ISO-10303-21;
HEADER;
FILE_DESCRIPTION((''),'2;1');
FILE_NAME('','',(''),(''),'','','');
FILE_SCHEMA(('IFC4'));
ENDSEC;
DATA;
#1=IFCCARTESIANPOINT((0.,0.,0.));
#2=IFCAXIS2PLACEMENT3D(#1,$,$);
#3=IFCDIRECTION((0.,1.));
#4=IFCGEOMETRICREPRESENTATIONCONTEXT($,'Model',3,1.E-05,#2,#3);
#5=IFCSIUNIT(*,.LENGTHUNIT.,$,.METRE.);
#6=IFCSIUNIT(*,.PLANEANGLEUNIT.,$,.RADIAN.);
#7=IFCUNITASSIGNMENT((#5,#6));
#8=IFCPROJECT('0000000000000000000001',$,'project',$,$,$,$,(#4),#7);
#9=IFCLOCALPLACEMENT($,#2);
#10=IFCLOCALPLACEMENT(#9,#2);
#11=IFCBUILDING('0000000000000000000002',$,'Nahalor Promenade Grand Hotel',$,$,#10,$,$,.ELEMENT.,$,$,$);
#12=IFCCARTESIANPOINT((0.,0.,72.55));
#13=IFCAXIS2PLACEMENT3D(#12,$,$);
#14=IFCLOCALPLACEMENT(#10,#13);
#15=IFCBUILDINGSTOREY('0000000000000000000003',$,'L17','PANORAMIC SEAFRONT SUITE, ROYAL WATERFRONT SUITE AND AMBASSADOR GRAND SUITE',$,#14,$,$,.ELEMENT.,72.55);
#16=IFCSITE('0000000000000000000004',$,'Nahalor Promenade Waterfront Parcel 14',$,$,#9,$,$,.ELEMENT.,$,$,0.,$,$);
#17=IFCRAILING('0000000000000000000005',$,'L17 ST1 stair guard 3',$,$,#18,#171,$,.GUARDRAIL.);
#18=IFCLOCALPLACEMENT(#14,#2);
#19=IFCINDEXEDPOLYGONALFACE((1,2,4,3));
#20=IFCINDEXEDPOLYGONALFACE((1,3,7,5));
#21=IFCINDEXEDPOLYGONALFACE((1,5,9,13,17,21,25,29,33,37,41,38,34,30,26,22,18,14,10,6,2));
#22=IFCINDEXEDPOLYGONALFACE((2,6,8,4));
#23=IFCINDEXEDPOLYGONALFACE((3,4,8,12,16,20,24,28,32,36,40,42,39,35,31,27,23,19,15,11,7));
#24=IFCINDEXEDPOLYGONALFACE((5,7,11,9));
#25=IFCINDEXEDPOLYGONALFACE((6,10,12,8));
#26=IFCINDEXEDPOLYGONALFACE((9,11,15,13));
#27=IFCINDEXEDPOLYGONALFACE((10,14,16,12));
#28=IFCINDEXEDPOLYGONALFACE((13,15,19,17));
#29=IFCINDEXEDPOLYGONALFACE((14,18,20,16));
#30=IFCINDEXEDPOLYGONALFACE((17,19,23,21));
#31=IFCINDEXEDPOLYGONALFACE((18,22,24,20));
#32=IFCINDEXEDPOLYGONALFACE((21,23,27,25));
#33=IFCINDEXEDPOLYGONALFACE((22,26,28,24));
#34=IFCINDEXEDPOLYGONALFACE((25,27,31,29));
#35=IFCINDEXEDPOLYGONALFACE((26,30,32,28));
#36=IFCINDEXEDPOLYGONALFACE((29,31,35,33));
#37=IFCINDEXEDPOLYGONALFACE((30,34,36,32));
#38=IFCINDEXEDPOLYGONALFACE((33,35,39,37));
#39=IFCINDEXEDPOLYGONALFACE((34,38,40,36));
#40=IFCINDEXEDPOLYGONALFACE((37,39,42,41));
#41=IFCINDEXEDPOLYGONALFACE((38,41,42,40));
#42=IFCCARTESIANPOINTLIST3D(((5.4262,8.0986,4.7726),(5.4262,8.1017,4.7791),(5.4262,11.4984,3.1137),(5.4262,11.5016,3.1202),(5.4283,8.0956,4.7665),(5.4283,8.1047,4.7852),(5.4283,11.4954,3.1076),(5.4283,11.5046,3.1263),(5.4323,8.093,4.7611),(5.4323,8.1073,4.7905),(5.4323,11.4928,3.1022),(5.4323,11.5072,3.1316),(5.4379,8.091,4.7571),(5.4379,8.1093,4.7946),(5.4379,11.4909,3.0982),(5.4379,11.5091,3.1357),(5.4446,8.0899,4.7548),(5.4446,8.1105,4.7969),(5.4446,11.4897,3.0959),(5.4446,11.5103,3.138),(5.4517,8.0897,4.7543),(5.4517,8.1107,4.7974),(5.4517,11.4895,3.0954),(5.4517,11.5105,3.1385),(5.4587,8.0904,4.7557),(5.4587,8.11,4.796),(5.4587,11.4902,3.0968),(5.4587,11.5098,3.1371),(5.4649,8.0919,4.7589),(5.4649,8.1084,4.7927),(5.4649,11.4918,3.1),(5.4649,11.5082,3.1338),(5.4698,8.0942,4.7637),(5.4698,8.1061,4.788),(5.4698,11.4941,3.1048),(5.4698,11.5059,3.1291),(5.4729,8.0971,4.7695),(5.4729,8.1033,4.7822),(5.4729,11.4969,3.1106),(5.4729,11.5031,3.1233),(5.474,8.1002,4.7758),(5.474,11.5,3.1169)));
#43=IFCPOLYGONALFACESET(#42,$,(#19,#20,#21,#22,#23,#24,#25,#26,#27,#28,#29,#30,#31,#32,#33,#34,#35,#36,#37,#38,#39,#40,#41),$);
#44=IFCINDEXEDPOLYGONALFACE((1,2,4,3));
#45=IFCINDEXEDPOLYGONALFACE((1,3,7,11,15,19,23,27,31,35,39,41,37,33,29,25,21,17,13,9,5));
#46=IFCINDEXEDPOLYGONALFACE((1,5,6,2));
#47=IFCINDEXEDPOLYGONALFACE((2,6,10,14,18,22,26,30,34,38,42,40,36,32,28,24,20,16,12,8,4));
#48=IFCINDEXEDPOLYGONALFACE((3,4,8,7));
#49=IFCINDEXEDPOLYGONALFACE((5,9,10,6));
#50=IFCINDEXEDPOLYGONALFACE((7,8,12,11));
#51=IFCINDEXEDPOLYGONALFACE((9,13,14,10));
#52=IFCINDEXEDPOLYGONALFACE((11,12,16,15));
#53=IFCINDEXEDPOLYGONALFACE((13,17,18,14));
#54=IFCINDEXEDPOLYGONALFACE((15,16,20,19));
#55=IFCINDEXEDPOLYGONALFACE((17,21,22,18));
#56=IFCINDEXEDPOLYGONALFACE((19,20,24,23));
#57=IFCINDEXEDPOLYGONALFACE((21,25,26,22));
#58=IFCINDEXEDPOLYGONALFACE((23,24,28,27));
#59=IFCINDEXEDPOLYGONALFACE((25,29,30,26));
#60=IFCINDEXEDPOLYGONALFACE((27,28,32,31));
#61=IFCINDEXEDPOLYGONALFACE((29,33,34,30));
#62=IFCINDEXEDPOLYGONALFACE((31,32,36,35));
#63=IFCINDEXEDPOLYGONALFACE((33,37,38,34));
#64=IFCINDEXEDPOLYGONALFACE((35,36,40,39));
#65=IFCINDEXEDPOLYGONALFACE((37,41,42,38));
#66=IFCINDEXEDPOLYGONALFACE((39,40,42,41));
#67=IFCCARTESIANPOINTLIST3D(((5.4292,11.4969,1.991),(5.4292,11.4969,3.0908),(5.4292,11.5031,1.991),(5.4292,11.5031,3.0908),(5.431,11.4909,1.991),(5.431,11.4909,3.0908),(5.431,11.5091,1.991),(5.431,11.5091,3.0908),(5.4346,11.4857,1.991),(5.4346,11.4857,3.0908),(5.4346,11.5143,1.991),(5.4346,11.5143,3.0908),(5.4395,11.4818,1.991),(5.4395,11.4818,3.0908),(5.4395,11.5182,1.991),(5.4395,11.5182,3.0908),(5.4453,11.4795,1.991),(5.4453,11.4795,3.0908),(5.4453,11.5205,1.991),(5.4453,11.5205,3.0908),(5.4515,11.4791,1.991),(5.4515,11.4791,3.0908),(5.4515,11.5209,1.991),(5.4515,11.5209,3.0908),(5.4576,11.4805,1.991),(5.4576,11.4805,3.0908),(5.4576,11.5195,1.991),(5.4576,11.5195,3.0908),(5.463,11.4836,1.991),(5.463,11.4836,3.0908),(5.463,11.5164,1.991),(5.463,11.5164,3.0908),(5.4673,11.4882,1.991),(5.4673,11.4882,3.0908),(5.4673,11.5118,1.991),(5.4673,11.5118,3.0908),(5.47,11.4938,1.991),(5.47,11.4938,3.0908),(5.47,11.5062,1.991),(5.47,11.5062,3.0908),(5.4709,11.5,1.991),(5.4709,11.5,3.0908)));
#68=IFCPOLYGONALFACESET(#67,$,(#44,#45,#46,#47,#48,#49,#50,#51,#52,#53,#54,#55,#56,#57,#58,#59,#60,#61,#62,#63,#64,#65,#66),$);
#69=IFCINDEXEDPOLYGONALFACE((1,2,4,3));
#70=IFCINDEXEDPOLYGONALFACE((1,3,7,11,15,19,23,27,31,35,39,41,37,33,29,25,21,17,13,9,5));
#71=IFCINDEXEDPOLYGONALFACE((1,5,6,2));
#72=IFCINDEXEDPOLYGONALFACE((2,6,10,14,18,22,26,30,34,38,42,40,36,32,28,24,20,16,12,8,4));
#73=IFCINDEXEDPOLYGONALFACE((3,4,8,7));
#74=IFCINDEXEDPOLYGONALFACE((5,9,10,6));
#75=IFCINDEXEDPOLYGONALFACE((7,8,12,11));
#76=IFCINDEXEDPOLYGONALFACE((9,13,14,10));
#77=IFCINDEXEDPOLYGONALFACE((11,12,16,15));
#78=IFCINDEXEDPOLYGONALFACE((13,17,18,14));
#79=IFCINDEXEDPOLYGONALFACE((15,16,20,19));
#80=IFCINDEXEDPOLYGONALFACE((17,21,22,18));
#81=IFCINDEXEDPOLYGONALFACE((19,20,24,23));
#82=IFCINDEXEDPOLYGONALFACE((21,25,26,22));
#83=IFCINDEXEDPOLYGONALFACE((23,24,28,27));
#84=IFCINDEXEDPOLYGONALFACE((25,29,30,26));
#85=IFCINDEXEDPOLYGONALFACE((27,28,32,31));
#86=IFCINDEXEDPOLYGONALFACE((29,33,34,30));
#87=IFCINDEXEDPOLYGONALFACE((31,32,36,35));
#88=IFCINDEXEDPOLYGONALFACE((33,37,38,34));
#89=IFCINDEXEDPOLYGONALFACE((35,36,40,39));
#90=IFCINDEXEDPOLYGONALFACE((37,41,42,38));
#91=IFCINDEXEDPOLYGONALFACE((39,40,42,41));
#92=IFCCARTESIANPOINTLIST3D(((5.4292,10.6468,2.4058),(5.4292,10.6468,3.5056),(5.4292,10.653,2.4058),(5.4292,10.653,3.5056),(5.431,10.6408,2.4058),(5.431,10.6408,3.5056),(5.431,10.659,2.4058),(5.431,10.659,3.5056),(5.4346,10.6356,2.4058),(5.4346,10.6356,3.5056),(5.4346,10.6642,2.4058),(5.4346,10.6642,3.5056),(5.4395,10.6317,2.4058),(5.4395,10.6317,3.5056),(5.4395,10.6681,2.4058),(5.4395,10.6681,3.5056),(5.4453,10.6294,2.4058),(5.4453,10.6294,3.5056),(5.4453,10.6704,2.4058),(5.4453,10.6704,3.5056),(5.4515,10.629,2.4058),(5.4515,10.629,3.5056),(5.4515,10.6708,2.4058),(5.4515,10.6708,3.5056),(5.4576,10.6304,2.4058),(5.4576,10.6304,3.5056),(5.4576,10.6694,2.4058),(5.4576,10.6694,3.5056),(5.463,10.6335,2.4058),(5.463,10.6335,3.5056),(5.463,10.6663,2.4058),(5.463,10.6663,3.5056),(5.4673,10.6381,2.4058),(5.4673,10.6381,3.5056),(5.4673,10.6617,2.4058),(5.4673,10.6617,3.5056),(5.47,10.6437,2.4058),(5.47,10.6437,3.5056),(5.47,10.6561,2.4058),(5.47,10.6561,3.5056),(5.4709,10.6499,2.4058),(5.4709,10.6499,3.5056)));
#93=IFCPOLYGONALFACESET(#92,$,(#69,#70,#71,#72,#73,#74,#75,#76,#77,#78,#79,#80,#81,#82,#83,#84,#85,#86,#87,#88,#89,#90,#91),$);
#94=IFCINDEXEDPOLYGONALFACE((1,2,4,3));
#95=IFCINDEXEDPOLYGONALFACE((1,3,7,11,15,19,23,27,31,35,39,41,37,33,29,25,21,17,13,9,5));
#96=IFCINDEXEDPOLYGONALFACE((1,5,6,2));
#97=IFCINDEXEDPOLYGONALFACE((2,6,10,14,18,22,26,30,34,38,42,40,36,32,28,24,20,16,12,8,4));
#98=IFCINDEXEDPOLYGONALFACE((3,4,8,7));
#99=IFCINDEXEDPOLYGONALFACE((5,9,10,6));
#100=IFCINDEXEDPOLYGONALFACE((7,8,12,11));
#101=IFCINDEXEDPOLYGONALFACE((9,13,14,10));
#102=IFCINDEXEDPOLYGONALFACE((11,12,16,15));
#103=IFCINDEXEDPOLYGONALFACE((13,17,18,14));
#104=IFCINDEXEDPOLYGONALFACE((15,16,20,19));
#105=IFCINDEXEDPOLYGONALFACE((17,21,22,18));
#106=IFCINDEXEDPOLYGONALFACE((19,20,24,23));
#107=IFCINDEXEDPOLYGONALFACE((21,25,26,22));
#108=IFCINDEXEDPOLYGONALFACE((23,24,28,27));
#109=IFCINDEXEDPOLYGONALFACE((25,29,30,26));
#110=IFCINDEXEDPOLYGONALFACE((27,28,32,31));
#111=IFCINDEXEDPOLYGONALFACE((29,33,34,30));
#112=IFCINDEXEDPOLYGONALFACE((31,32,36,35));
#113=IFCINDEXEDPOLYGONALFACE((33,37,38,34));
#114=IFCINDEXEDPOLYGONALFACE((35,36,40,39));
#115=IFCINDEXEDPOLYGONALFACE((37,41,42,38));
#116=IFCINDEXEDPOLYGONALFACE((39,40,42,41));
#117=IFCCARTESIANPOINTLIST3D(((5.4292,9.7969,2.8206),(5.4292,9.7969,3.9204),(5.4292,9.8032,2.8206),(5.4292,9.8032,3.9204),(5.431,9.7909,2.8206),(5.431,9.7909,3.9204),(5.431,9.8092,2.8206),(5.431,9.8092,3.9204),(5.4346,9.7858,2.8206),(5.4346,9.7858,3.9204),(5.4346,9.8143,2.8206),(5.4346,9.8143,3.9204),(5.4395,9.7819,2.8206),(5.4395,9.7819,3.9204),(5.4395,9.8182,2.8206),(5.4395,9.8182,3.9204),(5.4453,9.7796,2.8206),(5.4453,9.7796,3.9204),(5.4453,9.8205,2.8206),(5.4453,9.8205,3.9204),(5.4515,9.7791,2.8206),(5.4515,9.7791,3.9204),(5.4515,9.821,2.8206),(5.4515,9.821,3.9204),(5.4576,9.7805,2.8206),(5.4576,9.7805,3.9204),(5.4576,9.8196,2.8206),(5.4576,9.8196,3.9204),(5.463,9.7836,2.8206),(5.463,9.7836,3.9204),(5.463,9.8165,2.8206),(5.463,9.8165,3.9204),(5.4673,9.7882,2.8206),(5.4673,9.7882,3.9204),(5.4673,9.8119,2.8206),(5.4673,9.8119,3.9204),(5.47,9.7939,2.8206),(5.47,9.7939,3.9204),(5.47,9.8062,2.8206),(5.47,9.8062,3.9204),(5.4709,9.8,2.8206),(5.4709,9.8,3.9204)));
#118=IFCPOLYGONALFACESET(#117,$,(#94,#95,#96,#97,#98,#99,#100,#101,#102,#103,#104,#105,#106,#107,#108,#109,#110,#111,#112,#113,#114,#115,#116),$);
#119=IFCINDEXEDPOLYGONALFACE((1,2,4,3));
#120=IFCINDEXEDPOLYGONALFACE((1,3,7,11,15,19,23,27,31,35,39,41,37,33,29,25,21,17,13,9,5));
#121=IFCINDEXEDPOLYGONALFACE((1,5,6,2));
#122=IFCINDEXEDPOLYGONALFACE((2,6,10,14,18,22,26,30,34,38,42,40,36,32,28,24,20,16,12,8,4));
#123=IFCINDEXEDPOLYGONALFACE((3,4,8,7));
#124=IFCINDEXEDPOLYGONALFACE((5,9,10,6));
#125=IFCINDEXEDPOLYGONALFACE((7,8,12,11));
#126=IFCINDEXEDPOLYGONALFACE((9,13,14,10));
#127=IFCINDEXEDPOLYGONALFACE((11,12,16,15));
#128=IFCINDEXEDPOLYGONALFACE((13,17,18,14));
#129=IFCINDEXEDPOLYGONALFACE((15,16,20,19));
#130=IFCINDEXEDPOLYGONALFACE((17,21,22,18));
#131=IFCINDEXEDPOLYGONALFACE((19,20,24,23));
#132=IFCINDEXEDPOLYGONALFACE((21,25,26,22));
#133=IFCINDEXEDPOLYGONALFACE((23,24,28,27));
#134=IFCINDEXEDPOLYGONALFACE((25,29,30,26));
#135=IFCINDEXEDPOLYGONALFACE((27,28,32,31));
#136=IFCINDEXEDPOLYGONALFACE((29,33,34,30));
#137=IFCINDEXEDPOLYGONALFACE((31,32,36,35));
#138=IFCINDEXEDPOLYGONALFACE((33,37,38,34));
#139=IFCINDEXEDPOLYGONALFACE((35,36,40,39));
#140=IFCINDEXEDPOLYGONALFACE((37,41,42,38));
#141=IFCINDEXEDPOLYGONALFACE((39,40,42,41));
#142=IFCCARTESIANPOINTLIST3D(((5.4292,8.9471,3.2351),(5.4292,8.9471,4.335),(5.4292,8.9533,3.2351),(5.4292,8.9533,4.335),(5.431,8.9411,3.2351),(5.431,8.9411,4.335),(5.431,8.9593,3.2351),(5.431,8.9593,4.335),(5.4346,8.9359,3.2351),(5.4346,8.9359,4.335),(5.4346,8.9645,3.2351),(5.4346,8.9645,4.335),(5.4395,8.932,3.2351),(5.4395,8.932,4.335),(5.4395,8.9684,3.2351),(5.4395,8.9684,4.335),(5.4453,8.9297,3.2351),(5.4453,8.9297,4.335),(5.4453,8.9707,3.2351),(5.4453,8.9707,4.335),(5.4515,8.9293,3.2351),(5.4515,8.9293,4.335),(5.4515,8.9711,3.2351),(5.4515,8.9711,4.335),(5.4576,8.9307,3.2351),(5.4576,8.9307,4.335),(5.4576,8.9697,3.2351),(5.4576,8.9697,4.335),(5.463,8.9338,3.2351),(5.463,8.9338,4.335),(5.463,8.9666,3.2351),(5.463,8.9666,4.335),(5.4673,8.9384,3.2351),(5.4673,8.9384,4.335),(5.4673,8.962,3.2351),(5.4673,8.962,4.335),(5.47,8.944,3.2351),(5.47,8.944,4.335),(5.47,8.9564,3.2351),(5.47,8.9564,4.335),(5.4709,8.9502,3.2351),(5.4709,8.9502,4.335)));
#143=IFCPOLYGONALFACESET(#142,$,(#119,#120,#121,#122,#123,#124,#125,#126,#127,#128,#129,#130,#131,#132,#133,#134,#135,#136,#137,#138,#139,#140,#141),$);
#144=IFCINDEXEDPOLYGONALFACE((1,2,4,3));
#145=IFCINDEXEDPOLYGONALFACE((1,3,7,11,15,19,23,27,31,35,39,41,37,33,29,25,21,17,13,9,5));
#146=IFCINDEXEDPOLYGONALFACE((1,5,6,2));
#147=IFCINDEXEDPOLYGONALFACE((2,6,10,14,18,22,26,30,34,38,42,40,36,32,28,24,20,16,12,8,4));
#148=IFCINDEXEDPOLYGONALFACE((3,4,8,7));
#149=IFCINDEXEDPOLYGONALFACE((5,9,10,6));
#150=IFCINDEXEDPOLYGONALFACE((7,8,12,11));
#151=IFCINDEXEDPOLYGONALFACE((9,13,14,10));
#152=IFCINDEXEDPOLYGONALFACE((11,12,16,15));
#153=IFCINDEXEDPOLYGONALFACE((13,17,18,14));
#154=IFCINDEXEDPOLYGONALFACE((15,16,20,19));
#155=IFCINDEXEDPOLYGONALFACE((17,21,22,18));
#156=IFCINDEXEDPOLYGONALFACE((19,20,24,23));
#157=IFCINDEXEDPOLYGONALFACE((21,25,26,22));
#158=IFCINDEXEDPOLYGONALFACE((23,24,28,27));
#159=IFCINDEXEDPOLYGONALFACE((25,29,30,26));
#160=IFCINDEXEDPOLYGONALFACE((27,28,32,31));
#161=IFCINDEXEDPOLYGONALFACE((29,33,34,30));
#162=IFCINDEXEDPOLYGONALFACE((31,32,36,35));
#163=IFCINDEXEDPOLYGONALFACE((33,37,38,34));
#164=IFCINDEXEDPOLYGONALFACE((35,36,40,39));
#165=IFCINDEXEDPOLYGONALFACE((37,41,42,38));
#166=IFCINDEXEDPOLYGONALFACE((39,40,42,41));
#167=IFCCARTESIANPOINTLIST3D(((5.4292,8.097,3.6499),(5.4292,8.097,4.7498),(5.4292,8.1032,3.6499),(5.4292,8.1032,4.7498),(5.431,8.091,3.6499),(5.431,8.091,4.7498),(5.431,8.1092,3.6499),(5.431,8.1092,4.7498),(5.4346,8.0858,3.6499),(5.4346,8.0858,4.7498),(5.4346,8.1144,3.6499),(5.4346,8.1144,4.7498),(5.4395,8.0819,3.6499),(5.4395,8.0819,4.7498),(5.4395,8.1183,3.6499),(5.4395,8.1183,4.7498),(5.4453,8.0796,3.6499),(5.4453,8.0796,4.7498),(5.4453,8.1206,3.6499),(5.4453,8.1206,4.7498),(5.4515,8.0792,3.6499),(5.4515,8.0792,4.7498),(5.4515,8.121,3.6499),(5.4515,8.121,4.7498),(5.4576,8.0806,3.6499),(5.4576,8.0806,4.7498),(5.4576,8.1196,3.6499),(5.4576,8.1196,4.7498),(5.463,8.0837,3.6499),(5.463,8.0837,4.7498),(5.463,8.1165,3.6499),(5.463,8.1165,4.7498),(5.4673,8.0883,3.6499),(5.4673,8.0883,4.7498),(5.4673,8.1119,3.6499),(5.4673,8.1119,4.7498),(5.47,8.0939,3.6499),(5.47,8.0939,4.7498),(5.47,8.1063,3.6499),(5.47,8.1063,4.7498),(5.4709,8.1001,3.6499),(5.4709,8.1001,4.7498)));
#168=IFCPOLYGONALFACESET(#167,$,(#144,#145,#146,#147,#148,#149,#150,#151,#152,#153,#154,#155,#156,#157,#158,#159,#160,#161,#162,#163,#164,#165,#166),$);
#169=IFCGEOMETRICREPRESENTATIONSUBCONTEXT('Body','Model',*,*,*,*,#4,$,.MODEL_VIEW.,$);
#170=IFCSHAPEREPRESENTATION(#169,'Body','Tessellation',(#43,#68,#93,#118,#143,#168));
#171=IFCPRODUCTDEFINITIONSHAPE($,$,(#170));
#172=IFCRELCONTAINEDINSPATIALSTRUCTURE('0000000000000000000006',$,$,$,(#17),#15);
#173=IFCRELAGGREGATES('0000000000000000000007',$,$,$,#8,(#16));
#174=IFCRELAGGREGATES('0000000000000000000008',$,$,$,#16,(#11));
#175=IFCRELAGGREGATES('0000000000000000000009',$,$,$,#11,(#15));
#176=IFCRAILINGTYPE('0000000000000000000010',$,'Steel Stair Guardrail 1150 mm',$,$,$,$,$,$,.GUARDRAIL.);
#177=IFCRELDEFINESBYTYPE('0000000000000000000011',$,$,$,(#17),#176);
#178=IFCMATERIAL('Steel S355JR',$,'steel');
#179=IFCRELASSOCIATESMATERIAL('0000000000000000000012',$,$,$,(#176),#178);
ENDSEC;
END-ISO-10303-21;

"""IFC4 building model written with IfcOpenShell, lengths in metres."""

from ifc_helpers import new_model, si_unit, direction, frame, origin, origin_2d, place, context, subcontext, project, spatial, circle, extrude, material, type_object, element, save


model = new_model("IFC4")

# Units and contexts
model_context = context("Model", 3, precision=1e-05, world=origin(), true_north=direction((0.0, 1.0)))
body_context = subcontext(model_context, "Body", "Model", "MODEL_VIEW")
ifc_project = project(units=[si_unit("LENGTHUNIT", "METRE"), si_unit("PLANEANGLEUNIT", "RADIAN")], contexts=[model_context])

# Site, building, storey
site_placement = place(None, origin())
site = spatial("IfcSite", under=ifc_project, at=site_placement, Name="Nahalor Promenade Waterfront Parcel 14", CompositionType="ELEMENT", RefElevation=0.0)
building_placement = place(site_placement, origin())
building = spatial("IfcBuilding", under=site, at=building_placement, Name="Nahalor Promenade Grand Hotel", CompositionType="ELEMENT")
storey_placement = place(building_placement, frame((0.0, 0.0, 72.55)))
storey = spatial("IfcBuildingStorey", under=building, at=storey_placement, Name="L17", Description="PANORAMIC SEAFRONT SUITE, ROYAL WATERFRONT SUITE AND AMBASSADOR GRAND SUITE", CompositionType="ELEMENT", Elevation=72.55)

# Shared definitions
ifc_material_1 = material(Name="Steel S355JR", Category="steel")

# Railing
railing_type_1 = type_object("IfcRailingType", Name="Steel Stair Guardrail 1150 mm", PredefinedType="GUARDRAIL", material=ifc_material_1)
railing_1_placement = place(storey_placement, frame((5.45, 11.5, 1.991)))
element("IfcRailing", 1, at=railing_1_placement, inside=storey, type_object=railing_type_1, Name="L17 ST1 stair guard 3", PredefinedType="GUARDRAIL", context=body_context, shape_type="SweptSolid", body=[
    extrude(circle(Radius=0.024, at=origin_2d()), frame((0.0, 0.0, 1.126), z_axis=(0.0, -0.898722, 0.438519), x_axis=(1.0, 0.0, 0.0)), (0.0, 0.0, 1.0), 3.783),
    extrude(circle(Radius=0.021, at=origin_2d()), origin(), (0.0, 0.0, 1.0), 1.0999),
    extrude(circle(Radius=0.021, at=origin_2d()), frame((0.0, -0.8501, 0.4148)), (0.0, 0.0, 1.0), 1.0999),
    extrude(circle(Radius=0.021, at=origin_2d()), frame((0.0, -1.7, 0.8296)), (0.0, 0.0, 1.0), 1.0999),
    extrude(circle(Radius=0.021, at=origin_2d()), frame((0.0, -2.5498, 1.2441)), (0.0, 0.0, 1.0), 1.0999),
    extrude(circle(Radius=0.021, at=origin_2d()), frame((0.0, -3.3999, 1.6589)), (0.0, 0.0, 1.0), 1.0999),
])

save(model, "model.ifc")
